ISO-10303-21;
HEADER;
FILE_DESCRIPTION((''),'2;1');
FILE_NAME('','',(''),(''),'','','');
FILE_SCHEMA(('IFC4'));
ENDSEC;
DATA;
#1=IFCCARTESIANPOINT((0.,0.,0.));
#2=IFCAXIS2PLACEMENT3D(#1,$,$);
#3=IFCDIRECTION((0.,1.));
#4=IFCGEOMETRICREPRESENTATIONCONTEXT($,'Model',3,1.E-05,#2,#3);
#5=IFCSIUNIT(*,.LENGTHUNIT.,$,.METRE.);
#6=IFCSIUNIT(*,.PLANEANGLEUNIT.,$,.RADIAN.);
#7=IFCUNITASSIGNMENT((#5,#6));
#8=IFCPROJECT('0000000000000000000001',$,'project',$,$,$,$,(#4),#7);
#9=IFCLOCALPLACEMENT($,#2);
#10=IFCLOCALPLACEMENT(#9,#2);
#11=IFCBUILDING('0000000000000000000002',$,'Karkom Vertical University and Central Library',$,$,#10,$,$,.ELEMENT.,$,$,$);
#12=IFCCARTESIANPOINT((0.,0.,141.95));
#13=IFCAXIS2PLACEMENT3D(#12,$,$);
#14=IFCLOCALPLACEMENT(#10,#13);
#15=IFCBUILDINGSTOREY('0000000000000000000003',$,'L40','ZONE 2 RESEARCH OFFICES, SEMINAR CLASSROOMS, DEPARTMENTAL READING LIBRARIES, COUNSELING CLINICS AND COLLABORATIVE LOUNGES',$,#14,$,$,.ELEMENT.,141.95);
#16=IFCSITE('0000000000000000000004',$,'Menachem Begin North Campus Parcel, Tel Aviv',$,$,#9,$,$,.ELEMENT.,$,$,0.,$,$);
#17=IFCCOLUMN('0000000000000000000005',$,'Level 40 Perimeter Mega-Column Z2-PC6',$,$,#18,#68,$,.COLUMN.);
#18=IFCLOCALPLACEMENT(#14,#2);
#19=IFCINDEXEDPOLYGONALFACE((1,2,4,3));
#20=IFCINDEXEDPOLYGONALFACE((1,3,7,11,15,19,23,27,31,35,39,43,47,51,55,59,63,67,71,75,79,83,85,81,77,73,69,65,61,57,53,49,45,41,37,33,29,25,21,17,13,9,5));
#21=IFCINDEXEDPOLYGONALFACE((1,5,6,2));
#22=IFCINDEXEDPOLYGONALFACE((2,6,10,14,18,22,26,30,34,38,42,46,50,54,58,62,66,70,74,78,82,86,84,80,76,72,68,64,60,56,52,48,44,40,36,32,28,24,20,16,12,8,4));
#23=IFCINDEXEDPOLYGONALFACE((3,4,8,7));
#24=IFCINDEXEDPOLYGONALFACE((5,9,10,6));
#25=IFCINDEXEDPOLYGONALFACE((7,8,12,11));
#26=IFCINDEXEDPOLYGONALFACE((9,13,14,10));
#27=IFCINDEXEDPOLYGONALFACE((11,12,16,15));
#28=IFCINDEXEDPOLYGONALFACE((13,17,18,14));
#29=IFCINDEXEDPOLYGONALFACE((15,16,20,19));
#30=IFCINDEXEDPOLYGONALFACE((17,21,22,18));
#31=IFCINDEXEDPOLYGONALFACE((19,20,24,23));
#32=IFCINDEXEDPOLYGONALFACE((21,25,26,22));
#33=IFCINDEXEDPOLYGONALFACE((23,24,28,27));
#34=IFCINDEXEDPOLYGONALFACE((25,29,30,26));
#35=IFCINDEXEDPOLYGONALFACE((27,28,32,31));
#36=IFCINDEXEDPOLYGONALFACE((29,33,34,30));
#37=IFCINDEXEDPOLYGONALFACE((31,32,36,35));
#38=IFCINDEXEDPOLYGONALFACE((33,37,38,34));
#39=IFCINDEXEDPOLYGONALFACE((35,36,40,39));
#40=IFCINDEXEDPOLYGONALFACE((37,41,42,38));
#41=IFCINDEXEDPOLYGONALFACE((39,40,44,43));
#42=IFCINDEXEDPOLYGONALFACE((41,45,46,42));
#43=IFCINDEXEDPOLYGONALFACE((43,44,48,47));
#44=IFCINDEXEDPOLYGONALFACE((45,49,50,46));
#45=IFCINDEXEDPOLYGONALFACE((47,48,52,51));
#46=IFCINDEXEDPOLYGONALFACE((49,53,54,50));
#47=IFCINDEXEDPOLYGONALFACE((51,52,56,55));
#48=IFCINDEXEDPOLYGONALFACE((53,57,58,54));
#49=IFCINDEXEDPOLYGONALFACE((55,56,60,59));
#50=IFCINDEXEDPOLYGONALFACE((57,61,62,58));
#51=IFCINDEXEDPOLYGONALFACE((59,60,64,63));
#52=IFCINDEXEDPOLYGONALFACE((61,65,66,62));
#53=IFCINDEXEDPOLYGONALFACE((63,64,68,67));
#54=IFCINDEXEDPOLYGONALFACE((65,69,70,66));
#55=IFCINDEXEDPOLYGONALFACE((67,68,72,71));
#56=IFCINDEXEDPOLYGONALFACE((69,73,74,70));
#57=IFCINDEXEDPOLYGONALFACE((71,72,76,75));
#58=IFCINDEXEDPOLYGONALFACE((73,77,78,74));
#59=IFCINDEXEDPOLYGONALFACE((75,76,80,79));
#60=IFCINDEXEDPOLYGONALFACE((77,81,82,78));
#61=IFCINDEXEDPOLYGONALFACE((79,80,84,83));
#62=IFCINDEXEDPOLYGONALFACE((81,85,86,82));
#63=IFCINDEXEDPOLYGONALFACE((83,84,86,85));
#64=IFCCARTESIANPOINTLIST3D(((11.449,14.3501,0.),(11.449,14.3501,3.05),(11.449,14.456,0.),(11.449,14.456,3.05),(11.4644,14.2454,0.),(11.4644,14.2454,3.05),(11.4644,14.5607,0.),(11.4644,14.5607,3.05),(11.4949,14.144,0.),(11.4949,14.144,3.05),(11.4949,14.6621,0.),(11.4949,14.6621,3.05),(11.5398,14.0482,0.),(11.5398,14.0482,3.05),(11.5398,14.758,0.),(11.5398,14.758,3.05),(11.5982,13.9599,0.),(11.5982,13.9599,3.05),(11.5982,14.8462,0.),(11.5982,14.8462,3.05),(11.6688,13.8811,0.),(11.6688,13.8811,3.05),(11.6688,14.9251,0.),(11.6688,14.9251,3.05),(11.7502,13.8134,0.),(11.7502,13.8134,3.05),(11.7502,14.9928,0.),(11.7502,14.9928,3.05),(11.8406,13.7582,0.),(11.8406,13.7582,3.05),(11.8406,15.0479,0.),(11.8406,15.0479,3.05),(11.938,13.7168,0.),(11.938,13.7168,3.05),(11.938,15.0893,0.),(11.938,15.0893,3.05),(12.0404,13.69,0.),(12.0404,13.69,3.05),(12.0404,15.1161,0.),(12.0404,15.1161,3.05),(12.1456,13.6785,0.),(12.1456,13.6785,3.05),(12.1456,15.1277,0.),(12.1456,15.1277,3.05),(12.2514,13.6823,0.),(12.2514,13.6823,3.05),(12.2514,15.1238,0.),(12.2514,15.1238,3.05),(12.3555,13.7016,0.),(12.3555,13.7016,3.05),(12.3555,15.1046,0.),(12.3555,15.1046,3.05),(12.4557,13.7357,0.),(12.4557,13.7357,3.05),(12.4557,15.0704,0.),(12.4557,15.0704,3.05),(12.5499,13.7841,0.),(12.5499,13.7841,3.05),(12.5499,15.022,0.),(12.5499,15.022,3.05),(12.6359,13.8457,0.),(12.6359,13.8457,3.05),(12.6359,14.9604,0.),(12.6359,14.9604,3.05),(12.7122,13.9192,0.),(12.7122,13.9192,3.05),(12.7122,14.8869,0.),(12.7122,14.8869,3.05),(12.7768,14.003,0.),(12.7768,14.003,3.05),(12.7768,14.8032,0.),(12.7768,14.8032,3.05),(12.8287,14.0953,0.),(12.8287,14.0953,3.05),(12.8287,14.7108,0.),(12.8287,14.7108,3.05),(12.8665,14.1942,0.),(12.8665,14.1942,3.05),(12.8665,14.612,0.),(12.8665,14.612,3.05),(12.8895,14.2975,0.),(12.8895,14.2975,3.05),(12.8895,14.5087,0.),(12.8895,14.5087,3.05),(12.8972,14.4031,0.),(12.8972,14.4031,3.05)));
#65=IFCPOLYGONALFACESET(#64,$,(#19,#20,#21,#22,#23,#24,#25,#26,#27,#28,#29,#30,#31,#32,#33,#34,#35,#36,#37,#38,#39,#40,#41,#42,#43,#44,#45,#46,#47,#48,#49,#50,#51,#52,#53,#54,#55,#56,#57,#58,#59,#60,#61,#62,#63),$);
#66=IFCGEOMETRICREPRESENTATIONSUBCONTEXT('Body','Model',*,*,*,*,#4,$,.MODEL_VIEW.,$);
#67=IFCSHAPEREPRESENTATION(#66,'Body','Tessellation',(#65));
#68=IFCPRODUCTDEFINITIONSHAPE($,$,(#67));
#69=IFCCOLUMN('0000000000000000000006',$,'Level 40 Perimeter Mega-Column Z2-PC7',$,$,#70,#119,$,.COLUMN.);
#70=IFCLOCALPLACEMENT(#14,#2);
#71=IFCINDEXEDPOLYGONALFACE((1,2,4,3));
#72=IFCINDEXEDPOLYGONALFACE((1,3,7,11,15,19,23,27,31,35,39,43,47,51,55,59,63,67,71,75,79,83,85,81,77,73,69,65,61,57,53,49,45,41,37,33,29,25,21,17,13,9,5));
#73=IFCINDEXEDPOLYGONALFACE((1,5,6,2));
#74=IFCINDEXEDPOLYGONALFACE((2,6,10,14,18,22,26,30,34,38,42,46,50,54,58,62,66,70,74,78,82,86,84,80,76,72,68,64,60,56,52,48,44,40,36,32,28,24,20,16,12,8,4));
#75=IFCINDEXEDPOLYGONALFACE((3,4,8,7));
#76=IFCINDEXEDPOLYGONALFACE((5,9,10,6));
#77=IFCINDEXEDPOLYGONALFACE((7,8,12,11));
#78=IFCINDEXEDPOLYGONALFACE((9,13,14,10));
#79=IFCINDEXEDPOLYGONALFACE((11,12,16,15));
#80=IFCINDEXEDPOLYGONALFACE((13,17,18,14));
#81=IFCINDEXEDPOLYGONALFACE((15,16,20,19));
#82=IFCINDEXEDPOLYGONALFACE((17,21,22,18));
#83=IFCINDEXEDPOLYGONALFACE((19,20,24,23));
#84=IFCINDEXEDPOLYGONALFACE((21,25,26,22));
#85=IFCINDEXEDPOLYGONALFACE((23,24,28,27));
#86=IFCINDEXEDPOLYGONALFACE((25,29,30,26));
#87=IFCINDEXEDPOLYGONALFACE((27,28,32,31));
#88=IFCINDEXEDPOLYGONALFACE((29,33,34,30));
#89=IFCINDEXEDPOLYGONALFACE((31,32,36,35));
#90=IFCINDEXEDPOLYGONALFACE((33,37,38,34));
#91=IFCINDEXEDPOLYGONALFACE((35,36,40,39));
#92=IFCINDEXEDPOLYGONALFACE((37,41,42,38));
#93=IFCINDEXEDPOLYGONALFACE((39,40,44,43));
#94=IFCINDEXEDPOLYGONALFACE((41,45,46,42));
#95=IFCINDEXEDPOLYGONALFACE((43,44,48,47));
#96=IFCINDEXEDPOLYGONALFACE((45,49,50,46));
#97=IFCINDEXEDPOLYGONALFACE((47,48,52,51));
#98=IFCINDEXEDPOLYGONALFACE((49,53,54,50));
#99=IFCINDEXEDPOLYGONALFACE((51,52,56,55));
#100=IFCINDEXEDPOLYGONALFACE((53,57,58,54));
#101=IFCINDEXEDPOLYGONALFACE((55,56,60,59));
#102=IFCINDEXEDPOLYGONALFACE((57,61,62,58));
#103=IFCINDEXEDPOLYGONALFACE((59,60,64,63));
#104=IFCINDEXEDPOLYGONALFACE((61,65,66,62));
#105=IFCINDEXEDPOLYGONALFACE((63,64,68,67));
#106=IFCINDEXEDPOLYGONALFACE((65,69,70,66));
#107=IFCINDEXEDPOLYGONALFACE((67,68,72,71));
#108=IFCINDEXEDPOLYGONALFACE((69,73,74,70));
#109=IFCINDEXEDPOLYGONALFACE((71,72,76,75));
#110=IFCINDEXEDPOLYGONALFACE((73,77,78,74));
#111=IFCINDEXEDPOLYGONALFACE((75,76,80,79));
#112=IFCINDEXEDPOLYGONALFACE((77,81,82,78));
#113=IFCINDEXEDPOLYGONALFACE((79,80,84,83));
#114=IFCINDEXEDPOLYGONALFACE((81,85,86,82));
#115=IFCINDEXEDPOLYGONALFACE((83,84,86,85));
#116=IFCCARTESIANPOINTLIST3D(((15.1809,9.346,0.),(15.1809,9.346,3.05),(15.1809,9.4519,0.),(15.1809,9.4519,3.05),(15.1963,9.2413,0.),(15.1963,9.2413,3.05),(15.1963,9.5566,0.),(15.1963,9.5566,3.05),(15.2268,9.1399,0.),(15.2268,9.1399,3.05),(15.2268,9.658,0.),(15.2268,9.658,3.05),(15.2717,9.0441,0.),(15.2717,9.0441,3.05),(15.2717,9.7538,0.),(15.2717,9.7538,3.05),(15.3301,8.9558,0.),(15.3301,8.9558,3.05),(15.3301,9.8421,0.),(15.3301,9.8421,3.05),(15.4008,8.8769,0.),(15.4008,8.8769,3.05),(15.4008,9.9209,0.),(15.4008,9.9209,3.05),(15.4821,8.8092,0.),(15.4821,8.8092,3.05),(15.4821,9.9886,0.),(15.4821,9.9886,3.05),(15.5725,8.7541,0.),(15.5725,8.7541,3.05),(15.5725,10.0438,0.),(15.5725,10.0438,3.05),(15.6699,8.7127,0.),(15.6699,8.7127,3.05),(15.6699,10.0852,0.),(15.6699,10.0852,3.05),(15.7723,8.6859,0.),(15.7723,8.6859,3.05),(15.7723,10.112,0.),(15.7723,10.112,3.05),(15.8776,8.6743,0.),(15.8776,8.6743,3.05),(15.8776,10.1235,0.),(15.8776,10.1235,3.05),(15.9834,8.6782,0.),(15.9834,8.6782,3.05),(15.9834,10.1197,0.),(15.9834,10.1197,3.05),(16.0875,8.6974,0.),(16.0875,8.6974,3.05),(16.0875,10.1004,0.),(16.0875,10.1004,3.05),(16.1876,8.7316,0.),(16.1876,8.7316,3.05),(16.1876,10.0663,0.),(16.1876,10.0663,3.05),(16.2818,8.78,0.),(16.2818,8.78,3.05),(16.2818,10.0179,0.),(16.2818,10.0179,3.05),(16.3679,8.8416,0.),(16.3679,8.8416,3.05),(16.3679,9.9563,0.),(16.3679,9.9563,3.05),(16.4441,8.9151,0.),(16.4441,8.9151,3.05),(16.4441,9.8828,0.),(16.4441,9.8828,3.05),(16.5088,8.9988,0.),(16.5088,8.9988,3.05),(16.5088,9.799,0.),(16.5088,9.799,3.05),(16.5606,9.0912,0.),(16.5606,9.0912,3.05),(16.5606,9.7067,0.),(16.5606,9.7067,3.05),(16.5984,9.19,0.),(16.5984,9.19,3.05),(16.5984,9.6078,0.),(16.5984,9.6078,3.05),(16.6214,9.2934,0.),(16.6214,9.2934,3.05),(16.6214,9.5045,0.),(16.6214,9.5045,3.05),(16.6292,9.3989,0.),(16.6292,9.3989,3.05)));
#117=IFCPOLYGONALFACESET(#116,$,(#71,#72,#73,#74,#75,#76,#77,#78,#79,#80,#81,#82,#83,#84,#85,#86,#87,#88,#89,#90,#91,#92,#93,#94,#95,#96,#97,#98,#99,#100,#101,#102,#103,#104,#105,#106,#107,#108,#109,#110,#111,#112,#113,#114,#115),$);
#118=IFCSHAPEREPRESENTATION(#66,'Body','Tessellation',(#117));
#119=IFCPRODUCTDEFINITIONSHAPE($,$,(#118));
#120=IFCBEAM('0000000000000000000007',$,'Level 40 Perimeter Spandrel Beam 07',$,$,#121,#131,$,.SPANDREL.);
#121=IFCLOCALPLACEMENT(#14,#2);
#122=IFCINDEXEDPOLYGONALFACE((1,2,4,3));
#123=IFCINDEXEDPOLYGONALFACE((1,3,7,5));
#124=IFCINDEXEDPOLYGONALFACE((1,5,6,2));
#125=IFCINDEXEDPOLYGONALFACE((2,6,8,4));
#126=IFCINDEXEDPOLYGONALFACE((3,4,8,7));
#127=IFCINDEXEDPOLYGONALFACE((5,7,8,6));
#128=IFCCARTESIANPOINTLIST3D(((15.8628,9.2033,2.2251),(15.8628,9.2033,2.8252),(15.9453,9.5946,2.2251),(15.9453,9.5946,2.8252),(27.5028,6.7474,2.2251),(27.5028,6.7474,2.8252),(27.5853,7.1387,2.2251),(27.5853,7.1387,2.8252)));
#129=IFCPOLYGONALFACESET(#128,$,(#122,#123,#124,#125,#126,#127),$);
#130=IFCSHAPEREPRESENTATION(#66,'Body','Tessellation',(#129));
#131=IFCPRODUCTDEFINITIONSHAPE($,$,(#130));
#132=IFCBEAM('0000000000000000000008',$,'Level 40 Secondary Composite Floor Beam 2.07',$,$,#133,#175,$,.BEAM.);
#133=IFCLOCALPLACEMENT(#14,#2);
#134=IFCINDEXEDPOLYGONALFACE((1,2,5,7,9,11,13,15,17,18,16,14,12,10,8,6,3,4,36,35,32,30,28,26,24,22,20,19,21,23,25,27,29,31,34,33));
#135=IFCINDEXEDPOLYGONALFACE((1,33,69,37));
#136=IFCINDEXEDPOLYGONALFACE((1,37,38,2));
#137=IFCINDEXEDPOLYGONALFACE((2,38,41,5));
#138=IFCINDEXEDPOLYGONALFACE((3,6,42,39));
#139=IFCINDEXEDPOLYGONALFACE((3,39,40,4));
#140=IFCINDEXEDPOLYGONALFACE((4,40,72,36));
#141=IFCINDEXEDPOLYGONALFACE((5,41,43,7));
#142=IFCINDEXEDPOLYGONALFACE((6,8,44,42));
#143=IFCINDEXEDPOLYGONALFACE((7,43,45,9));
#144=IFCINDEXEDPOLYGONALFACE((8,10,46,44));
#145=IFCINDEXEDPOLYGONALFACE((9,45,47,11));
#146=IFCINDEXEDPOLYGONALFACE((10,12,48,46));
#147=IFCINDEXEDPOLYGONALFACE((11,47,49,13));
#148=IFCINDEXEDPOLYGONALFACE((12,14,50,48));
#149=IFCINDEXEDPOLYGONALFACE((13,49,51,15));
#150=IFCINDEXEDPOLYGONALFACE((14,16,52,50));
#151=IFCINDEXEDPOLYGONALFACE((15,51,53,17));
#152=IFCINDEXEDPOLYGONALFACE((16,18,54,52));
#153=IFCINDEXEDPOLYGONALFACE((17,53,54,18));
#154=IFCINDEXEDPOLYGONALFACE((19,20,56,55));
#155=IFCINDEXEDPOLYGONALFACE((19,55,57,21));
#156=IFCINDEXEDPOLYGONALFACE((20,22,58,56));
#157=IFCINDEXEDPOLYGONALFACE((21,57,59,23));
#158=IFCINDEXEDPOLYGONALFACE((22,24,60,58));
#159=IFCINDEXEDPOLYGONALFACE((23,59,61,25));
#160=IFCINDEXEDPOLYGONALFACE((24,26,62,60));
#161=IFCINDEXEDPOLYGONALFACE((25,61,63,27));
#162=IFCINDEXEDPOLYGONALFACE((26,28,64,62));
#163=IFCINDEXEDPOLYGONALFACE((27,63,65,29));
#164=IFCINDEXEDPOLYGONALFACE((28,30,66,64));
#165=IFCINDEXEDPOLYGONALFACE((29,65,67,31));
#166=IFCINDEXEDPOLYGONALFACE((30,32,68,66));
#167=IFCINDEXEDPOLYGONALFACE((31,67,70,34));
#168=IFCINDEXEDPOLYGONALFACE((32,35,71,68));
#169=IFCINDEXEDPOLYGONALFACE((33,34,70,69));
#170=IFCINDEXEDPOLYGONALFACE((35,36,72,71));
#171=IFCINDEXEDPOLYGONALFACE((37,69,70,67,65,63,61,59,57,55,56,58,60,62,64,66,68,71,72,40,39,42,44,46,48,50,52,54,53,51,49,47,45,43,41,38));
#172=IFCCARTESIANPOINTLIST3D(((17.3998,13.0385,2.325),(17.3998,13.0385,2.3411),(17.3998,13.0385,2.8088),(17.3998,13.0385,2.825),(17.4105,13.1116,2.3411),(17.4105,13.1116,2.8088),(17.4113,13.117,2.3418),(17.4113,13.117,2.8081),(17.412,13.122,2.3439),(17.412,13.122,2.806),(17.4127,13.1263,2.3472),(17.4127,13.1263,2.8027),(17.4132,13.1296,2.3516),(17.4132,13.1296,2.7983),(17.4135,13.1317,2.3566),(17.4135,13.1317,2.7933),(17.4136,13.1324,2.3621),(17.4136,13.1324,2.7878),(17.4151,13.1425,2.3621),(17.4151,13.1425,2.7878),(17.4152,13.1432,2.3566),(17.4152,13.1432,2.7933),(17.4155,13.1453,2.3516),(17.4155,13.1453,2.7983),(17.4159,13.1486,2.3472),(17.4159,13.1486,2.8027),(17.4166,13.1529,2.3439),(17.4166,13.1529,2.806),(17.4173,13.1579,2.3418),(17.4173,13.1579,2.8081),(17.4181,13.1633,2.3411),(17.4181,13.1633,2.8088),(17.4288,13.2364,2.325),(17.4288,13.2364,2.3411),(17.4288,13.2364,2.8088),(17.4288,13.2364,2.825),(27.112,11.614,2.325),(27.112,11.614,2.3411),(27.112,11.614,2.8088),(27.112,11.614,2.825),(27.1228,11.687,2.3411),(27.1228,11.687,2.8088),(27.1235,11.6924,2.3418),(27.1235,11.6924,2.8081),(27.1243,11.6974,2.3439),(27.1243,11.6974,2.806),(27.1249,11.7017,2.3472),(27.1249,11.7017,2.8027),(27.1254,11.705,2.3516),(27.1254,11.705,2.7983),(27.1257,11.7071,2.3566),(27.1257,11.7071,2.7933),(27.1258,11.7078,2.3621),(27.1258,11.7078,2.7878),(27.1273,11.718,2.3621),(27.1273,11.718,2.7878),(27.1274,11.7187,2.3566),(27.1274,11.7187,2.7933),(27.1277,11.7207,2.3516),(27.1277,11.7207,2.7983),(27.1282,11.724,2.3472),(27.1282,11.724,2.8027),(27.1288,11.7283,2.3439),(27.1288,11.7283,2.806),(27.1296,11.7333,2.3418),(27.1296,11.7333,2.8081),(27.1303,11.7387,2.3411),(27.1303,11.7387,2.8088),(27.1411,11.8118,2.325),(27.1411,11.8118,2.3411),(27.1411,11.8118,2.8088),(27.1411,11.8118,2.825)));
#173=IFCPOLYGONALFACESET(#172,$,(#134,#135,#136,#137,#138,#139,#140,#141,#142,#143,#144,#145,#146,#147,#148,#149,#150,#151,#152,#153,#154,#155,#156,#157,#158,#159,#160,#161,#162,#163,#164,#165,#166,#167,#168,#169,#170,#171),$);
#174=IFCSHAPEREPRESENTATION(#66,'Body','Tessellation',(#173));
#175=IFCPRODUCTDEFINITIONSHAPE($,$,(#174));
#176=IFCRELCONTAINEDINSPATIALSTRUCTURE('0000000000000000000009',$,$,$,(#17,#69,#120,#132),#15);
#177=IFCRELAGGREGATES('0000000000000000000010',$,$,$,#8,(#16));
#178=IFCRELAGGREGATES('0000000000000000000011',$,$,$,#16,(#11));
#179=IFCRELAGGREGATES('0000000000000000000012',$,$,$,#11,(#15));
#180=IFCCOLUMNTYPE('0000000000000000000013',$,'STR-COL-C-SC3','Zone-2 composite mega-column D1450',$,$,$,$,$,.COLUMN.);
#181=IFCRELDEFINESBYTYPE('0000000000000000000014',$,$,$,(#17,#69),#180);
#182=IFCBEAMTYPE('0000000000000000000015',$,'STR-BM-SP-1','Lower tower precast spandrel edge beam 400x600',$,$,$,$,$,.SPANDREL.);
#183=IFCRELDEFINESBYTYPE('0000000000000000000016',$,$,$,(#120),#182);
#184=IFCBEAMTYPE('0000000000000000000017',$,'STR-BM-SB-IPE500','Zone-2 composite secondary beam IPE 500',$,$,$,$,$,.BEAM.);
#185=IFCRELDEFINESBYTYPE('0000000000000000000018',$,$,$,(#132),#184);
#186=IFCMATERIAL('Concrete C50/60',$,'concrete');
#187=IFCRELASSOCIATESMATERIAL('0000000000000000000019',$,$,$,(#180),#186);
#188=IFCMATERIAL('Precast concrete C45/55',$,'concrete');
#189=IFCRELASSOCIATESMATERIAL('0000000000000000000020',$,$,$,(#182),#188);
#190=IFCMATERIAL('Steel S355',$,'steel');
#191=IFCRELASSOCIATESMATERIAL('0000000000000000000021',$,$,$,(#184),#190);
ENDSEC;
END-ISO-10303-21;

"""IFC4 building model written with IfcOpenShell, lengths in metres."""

from ifc_helpers import new_model, si_unit, direction, frame, origin, origin_with_axes, origin_2d, place, context, subcontext, project, spatial, rectangle, circle, i_section, extrude, source, transform, mapped, material, material_profile, profile_set, type_object, element, save


model = new_model("IFC4")

# Units and contexts
model_context = context("Model", 3, precision=1e-05, world=origin(), true_north=direction((0.0, 1.0)))
body_context = subcontext(model_context, "Body", "Model", "MODEL_VIEW")
ifc_project = project(units=[si_unit("LENGTHUNIT", "METRE"), si_unit("PLANEANGLEUNIT", "RADIAN")], contexts=[model_context])

# Site, building, storey
site_placement = place(None, origin())
site = spatial("IfcSite", under=ifc_project, at=site_placement, Name="Menachem Begin North Campus Parcel, Tel Aviv", CompositionType="ELEMENT", RefElevation=0.0)
building_placement = place(site_placement, origin())
building = spatial("IfcBuilding", under=site, at=building_placement, Name="Karkom Vertical University and Central Library", CompositionType="ELEMENT")
storey_placement = place(building_placement, frame((0.0, 0.0, 141.95)))
storey = spatial("IfcBuildingStorey", under=building, at=storey_placement, Name="L40", Description="ZONE 2 RESEARCH OFFICES, SEMINAR CLASSROOMS, DEPARTMENTAL READING LIBRARIES, COUNSELING CLINICS AND COLLABORATIVE LOUNGES", CompositionType="ELEMENT", Elevation=141.95)

# Columns
ifc_material_1 = material(Name="Concrete C50/60", Category="concrete")
ifc_material_profile_1 = material_profile(ifc_material_1, circle(Radius=0.7251, at=origin_2d()), Name="CFT-D1450")
ifc_profile_set_1 = profile_set([ifc_material_profile_1], Name="Concrete C50/60")
column_type = type_object("IfcColumnType", Name="STR-COL-C-SC3", Description="Zone-2 composite mega-column D1450", PredefinedType="COLUMN", material=ifc_profile_set_1)
shared_shape_1 = source(origin_with_axes(), body_context, "Body", "SweptSolid", [
    extrude(circle(Radius=0.7251, at=origin_2d()), origin(), (0.0, 0.0, 1.0), 3.05),
])
for number, where, z_axis, x_axis, name in (
    (1, (12.1721, 14.4031, 0.0), (0.0, 0.0, 1.0), (1.0, 0.0, 0.0), "Level 40 Perimeter Mega-Column Z2-PC6"),
    (2, (15.9041, 9.3989, 0.0), (0.0, 0.0, 1.0), (1.0, 0.0, 0.0), "Level 40 Perimeter Mega-Column Z2-PC7"),
):
    element("IfcColumn", number, at=place(storey_placement, frame(where, z_axis=z_axis, x_axis=x_axis)), inside=storey, type_object=column_type, Name=name, PredefinedType="COLUMN", context=body_context, shape_type="MappedRepresentation", body=[
        mapped(shared_shape_1, transform((0.0, 0.0, 0.0), scale=1.0)),
    ])

# Beams
ifc_material_2 = material(Name="Precast concrete C45/55", Category="concrete")
ifc_material_profile_2 = material_profile(ifc_material_2, rectangle(XDim=0.3999, YDim=0.6001, at=origin_2d()), Name="SPB-400x600")
ifc_profile_set_2 = profile_set([ifc_material_profile_2], Name="Precast concrete C45/55")
beam_type_1 = type_object("IfcBeamType", Name="STR-BM-SP-1", Description="Lower tower precast spandrel edge beam 400x600", PredefinedType="SPANDREL", material=ifc_profile_set_2)
shared_shape_2 = source(origin_with_axes(), body_context, "Body", "SweptSolid", [
    extrude(rectangle(XDim=0.3999, YDim=0.6001, at=origin_2d()), origin(), (0.0, 0.0, 1.0), 11.8962),
])
beam_1_placement = place(storey_placement, frame((15.9041, 9.3989, 2.5251), z_axis=(0.97846, -0.206438, 0.0), x_axis=(0.206438, 0.97846, 0.0)))
element("IfcBeam", 3, at=beam_1_placement, inside=storey, type_object=beam_type_1, Name="Level 40 Perimeter Spandrel Beam 07", PredefinedType="SPANDREL", context=body_context, shape_type="MappedRepresentation", body=[
    mapped(shared_shape_2, transform((0.0, 0.0, 0.0), scale=1.0)),
])
ifc_material_3 = material(Name="Steel S355", Category="steel")
ifc_material_profile_3 = material_profile(ifc_material_3, i_section(OverallWidth=0.2, OverallDepth=0.5, WebThickness=0.0103, FlangeThickness=0.0161, FilletRadius=0.021, at=origin_2d()), Name="IPE 500")
ifc_profile_set_3 = profile_set([ifc_material_profile_3], Name="Steel S355")
beam_type_2 = type_object("IfcBeamType", Name="STR-BM-SB-IPE500", Description="Zone-2 composite secondary beam IPE 500", PredefinedType="BEAM", material=ifc_profile_set_3)
shared_shape_3 = source(origin_with_axes(), body_context, "Body", "SweptSolid", [
    extrude(i_section(OverallWidth=0.2, OverallDepth=0.5, WebThickness=0.0103, FlangeThickness=0.0161, FilletRadius=0.021, at=origin_2d()), origin(), (0.0, 0.0, 1.0), 9.8162),
])
beam_2_placement = place(storey_placement, frame((17.4143, 13.1375, 2.575), z_axis=(0.989413, -0.145125, 0.0), x_axis=(0.145125, 0.989413, 0.0)))
element("IfcBeam", 4, at=beam_2_placement, inside=storey, type_object=beam_type_2, Name="Level 40 Secondary Composite Floor Beam 2.07", PredefinedType="BEAM", context=body_context, shape_type="MappedRepresentation", body=[
    mapped(shared_shape_3, transform((0.0, 0.0, 0.0), scale=1.0)),
])

save(model, "model.ifc")
